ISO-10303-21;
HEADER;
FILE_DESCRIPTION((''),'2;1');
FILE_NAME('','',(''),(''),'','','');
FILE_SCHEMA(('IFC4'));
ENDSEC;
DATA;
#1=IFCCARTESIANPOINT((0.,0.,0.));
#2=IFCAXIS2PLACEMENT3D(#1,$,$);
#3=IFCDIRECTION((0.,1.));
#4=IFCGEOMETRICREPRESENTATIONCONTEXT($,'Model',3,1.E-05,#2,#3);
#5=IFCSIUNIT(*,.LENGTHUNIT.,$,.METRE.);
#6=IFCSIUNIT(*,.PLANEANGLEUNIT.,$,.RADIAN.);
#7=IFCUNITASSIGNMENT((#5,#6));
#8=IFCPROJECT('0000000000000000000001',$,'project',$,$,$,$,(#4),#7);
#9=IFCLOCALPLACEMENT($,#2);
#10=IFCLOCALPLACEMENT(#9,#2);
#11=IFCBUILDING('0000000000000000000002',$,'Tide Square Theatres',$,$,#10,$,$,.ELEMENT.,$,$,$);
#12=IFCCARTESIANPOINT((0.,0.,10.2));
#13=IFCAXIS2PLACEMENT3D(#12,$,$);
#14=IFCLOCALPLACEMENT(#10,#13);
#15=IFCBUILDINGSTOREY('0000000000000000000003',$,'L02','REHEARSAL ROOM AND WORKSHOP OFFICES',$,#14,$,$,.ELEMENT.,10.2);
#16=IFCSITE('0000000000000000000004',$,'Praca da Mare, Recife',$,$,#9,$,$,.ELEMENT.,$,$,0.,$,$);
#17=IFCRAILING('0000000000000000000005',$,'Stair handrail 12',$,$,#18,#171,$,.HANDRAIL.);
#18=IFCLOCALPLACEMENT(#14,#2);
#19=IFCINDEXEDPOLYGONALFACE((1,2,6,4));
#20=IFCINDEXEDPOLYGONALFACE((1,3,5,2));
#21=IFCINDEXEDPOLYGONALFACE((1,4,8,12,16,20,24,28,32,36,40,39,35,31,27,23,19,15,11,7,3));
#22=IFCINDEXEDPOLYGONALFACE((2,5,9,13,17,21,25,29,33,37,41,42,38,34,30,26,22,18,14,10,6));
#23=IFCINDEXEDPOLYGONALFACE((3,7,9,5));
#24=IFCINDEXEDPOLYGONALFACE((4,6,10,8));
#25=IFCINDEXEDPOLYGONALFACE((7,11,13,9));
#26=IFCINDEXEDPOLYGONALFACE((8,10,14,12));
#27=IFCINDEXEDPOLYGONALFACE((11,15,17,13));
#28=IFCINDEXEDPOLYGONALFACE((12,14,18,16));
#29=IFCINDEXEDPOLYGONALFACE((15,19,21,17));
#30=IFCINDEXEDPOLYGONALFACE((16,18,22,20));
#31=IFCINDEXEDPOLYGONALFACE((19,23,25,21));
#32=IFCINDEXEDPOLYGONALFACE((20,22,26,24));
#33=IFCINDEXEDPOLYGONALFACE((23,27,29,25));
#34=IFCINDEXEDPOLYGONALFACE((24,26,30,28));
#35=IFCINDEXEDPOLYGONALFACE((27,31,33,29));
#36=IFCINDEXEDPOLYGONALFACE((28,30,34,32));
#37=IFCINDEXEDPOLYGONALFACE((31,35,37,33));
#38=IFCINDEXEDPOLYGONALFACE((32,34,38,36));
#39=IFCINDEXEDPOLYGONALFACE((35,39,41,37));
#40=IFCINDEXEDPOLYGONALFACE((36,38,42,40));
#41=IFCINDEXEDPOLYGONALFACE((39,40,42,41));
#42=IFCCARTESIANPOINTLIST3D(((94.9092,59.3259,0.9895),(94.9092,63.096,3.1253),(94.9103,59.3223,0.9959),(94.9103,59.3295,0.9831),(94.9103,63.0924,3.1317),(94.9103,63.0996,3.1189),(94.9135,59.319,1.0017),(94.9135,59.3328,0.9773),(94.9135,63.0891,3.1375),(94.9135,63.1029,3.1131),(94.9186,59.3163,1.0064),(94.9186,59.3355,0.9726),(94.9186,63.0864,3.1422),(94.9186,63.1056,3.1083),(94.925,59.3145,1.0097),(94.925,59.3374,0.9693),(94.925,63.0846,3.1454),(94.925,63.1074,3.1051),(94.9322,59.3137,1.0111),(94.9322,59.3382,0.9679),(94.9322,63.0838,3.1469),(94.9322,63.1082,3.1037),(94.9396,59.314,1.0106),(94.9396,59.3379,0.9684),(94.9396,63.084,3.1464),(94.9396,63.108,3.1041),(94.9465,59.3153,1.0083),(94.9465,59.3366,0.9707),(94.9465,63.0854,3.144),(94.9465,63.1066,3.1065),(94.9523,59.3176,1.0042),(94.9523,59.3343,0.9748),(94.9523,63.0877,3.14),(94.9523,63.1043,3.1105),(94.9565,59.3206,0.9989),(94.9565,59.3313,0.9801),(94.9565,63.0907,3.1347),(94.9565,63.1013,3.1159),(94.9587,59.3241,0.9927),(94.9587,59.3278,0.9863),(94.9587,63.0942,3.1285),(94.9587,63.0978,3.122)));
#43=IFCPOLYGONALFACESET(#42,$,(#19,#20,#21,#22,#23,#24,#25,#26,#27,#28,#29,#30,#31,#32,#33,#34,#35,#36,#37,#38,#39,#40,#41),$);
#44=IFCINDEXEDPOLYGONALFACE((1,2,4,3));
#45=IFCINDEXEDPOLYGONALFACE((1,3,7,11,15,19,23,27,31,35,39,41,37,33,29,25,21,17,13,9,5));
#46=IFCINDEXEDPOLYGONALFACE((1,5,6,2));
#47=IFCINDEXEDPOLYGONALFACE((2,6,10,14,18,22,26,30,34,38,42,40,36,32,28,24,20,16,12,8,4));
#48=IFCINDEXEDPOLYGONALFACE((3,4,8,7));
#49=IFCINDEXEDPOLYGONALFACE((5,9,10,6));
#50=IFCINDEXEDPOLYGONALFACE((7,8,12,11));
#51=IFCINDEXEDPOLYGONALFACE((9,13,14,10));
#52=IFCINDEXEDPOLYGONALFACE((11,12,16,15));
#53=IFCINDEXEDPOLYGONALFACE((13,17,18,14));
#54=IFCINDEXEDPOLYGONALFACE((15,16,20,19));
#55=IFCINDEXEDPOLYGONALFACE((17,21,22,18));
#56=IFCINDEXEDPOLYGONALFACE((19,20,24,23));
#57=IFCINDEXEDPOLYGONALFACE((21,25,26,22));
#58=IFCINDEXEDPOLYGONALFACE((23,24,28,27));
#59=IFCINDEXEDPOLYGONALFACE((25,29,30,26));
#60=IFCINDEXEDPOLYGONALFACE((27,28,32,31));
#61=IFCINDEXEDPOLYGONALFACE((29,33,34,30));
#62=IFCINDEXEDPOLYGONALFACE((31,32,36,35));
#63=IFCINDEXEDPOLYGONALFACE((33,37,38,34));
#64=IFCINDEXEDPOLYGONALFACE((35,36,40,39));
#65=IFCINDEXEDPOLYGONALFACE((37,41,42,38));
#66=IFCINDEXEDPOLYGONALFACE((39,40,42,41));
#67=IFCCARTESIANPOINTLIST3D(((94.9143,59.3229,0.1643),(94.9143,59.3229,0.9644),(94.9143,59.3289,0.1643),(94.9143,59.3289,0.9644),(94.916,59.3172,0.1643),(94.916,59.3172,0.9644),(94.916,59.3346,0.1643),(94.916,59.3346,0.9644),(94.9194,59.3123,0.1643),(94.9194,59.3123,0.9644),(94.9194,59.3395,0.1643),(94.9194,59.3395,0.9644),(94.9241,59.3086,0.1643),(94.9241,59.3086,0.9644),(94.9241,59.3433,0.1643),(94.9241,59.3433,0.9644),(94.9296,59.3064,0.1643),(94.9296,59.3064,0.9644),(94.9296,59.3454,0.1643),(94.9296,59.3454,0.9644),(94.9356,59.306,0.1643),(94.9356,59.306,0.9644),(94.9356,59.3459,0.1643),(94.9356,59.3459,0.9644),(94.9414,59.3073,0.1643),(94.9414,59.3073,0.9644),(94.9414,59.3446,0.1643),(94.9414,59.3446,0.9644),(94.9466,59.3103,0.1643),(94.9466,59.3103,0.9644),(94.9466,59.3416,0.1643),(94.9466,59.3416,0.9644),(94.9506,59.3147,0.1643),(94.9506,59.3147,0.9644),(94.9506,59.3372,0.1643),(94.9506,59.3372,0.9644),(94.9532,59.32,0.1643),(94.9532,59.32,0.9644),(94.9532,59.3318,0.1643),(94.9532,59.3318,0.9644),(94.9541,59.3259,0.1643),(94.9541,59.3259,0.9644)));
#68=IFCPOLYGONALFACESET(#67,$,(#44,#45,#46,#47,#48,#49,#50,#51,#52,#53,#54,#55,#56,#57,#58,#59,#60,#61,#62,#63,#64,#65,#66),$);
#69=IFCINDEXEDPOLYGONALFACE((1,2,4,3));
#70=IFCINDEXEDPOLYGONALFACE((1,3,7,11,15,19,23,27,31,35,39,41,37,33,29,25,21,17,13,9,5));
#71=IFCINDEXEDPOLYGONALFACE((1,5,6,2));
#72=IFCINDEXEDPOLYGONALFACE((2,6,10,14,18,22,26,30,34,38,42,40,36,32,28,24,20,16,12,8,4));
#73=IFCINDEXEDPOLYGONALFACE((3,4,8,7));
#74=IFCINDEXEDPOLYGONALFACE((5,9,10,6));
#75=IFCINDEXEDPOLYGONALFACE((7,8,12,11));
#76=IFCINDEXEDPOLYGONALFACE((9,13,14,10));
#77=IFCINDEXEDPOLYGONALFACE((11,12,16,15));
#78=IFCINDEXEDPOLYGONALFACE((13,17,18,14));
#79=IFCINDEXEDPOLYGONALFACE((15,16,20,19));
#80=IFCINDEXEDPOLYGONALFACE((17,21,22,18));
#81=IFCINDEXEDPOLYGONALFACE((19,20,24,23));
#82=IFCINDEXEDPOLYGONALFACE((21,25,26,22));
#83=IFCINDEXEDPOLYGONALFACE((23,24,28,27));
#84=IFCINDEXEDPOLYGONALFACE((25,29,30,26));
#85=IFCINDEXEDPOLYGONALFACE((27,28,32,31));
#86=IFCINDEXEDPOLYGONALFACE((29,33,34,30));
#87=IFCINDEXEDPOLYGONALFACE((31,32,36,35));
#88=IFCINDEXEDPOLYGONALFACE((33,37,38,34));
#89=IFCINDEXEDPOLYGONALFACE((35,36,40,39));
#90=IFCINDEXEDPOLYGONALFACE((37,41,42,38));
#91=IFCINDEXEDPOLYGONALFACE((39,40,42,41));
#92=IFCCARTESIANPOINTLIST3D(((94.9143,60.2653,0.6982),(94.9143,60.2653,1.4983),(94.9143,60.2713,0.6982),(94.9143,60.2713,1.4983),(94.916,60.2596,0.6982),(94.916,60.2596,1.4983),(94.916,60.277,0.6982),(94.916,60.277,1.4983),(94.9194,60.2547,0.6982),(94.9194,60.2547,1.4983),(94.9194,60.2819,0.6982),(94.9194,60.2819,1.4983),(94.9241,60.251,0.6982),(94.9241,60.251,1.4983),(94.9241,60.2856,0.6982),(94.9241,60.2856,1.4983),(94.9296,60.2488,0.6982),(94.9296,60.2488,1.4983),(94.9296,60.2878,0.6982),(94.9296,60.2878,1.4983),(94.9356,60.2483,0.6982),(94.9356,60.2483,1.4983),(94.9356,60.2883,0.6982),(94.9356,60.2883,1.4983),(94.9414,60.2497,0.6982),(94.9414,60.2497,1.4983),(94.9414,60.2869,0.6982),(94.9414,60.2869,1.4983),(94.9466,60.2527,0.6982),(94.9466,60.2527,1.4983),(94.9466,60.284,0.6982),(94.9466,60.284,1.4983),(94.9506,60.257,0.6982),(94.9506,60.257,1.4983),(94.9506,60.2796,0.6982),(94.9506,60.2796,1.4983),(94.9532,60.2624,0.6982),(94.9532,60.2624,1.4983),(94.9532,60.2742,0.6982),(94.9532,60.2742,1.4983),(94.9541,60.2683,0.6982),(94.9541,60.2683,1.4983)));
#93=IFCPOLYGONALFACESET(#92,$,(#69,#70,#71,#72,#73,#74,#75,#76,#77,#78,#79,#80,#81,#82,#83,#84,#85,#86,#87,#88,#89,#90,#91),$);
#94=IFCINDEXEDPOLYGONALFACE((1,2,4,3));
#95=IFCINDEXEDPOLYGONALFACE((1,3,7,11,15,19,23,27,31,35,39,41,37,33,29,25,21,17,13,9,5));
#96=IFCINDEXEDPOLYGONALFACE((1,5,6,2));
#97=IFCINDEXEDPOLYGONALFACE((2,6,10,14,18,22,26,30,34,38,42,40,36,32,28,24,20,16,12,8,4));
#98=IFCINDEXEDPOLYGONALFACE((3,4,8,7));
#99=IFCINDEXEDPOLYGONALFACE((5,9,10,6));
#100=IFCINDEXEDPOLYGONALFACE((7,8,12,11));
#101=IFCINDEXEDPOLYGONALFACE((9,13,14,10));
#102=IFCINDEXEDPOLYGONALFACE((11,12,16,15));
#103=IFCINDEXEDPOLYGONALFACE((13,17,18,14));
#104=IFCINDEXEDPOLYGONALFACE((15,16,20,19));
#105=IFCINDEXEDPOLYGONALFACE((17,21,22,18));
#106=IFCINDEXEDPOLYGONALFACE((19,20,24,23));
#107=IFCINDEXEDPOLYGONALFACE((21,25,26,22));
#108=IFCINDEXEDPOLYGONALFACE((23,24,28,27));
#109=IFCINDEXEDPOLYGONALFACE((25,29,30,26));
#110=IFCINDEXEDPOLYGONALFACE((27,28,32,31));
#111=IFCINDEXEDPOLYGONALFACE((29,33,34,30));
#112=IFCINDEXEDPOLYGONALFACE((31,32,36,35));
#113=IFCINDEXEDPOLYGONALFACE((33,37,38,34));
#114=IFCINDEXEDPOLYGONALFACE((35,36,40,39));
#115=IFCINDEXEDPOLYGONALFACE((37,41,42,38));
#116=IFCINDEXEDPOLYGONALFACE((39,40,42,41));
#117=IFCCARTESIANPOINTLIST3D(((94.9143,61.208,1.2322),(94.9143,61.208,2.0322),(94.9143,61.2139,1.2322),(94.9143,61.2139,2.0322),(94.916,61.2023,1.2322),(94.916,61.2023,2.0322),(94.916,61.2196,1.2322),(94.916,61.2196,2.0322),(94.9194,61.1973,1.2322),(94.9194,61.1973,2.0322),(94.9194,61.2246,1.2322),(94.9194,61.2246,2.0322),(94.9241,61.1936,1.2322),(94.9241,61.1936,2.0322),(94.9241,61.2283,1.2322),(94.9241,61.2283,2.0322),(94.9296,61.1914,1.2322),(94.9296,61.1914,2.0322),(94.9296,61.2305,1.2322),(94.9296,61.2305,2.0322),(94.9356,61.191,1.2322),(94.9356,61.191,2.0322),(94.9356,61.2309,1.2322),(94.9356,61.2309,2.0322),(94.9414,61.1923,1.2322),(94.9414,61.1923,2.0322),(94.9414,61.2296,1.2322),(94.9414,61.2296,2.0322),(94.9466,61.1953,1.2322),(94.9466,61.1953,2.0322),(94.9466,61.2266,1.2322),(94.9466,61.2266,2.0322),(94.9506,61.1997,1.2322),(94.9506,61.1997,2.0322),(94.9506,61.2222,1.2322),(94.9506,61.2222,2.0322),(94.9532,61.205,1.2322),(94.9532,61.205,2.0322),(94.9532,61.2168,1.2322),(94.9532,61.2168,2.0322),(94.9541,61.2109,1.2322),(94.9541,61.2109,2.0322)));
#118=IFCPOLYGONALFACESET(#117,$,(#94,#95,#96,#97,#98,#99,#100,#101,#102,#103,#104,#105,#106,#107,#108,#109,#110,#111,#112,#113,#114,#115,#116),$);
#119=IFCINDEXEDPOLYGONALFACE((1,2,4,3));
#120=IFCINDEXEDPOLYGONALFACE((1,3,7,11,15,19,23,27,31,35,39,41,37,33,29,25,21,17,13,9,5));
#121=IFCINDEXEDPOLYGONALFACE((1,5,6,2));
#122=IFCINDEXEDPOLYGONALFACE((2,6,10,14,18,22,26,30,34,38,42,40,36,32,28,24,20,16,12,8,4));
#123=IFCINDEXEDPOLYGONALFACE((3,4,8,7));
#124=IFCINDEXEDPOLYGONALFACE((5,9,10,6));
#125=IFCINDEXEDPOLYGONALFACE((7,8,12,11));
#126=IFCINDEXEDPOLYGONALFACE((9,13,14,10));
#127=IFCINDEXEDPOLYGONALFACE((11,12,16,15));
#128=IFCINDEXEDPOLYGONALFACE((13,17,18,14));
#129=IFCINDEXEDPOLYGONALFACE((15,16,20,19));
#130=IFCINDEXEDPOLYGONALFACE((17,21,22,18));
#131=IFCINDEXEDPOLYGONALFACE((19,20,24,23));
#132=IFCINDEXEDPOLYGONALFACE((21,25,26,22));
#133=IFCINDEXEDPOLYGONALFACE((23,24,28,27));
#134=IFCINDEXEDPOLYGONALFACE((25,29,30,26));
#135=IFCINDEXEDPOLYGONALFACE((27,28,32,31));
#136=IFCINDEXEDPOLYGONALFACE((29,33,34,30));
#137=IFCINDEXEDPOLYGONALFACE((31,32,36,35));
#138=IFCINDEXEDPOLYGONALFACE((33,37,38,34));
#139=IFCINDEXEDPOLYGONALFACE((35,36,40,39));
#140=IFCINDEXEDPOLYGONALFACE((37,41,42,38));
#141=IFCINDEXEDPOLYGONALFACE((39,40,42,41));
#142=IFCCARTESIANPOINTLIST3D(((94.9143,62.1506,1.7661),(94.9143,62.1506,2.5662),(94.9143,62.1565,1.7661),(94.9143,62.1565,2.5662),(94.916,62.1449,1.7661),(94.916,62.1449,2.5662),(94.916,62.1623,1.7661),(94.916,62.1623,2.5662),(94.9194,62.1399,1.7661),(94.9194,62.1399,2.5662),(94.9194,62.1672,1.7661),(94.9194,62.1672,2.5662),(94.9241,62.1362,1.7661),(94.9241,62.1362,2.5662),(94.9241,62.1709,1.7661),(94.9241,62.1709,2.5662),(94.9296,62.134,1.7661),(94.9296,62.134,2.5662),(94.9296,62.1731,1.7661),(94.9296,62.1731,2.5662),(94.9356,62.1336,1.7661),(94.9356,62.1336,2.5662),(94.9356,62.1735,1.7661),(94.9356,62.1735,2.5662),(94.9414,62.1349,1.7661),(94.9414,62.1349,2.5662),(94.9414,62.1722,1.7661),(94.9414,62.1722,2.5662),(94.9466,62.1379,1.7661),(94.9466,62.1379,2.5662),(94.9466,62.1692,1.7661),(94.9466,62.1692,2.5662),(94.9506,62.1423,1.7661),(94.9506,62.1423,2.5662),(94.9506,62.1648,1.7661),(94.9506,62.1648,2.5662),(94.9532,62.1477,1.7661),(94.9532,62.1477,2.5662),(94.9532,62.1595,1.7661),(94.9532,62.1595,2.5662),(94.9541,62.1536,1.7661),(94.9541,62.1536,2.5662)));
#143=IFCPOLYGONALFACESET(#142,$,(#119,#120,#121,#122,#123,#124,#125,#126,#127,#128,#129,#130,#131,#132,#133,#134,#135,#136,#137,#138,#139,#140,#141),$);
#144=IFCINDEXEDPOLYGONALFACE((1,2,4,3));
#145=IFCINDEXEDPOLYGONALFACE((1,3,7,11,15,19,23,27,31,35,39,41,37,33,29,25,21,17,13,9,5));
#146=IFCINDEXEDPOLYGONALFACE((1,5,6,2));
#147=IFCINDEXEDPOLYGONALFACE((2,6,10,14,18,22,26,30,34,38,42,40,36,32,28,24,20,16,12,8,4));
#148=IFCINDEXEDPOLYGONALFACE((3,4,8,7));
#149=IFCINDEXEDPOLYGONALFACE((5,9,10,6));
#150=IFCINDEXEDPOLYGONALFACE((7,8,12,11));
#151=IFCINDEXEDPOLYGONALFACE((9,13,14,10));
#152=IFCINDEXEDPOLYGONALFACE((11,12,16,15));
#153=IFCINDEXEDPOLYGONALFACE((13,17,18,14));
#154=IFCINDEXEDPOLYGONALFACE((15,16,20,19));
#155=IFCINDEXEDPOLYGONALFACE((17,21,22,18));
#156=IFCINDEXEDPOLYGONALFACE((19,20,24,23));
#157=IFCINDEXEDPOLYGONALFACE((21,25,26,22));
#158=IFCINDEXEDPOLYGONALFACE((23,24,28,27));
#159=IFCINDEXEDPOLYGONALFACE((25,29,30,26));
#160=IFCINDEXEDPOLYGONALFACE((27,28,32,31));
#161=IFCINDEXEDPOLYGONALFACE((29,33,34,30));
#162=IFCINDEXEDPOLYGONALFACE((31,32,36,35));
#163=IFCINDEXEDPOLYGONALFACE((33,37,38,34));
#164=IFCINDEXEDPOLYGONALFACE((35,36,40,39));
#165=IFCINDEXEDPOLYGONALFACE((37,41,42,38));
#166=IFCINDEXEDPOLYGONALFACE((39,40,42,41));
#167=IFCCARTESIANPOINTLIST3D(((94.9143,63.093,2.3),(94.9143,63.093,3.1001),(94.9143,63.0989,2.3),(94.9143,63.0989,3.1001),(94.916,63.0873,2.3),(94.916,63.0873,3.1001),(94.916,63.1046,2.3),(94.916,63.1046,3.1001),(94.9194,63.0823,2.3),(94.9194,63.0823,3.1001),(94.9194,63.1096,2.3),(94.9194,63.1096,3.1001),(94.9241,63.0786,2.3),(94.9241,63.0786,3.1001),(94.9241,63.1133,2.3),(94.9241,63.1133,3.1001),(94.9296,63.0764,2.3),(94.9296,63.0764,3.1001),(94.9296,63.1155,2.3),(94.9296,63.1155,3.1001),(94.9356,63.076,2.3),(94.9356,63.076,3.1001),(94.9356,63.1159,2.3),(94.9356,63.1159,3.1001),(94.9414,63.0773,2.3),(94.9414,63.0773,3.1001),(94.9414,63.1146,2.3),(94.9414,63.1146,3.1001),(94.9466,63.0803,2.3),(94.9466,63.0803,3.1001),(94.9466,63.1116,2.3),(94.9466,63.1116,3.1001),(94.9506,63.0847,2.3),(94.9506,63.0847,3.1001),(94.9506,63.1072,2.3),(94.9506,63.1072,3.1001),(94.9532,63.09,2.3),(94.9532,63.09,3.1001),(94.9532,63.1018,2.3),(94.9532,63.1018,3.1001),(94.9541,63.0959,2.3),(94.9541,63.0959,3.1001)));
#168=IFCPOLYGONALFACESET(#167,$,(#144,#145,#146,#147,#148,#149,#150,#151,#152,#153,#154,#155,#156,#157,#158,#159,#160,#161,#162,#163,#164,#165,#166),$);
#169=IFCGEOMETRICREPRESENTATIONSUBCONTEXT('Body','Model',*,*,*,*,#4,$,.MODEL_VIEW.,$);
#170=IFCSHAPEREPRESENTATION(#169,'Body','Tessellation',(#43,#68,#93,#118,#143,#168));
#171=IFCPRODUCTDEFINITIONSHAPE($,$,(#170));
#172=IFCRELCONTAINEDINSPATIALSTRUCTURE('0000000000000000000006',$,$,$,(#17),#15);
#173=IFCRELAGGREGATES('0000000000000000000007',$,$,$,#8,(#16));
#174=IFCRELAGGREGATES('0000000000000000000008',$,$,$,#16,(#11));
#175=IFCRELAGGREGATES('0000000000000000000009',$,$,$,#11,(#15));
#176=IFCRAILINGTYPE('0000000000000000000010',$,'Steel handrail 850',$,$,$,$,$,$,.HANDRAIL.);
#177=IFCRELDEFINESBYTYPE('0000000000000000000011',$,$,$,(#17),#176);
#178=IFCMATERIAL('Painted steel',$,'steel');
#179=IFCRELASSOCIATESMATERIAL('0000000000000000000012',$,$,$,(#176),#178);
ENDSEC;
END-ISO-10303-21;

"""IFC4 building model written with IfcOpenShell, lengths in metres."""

from ifc_helpers import new_model, si_unit, direction, frame, origin, origin_2d, place, context, subcontext, project, spatial, circle, extrude, material, type_object, element, save


model = new_model("IFC4")

# Units and contexts
model_context = context("Model", 3, precision=1e-05, world=origin(), true_north=direction((0.0, 1.0)))
body_context = subcontext(model_context, "Body", "Model", "MODEL_VIEW")
ifc_project = project(units=[si_unit("LENGTHUNIT", "METRE"), si_unit("PLANEANGLEUNIT", "RADIAN")], contexts=[model_context])

# Site, building, storey
site_placement = place(None, origin())
site = spatial("IfcSite", under=ifc_project, at=site_placement, Name="Praca da Mare, Recife", CompositionType="ELEMENT", RefElevation=0.0)
building_placement = place(site_placement, origin())
building = spatial("IfcBuilding", under=site, at=building_placement, Name="Tide Square Theatres", CompositionType="ELEMENT")
storey_placement = place(building_placement, frame((0.0, 0.0, 10.2)))
storey = spatial("IfcBuildingStorey", under=building, at=storey_placement, Name="L02", Description="REHEARSAL ROOM AND WORKSHOP OFFICES", CompositionType="ELEMENT", Elevation=10.2)

# Railing
ifc_material_1 = material(Name="Painted steel", Category="steel")
railing_type_1 = type_object("IfcRailingType", Name="Steel handrail 850", PredefinedType="HANDRAIL", material=ifc_material_1)
for number, where, name in (
    (1, (94.9341, 59.3259, 0.1643), "Stair handrail 12"),
):
    element("IfcRailing", number, at=place(storey_placement, frame(where)), inside=storey, type_object=railing_type_1, Name=name, PredefinedType="HANDRAIL", context=body_context, shape_type="SweptSolid", body=[
        extrude(circle(Radius=0.0249, at=origin_2d()), frame((0.0, 0.0, 0.8252), z_axis=(0.0, 0.870082, 0.492907), x_axis=(-1.0, 0.0, 0.0)), (0.0, 0.0, 1.0), 4.333),
        extrude(circle(Radius=0.02, at=origin_2d()), origin(), (0.0, 0.0, 1.0), 0.8),
        extrude(circle(Radius=0.02, at=origin_2d()), frame((0.0, 0.9424, 0.5339)), (0.0, 0.0, 1.0), 0.8),
        extrude(circle(Radius=0.02, at=origin_2d()), frame((0.0, 1.885, 1.0679)), (0.0, 0.0, 1.0), 0.8),
        extrude(circle(Radius=0.02, at=origin_2d()), frame((0.0, 2.8276, 1.6018)), (0.0, 0.0, 1.0), 0.8),
        extrude(circle(Radius=0.02, at=origin_2d()), frame((0.0, 3.77, 2.1357)), (0.0, 0.0, 1.0), 0.8),
    ])

save(model, "model.ifc")
